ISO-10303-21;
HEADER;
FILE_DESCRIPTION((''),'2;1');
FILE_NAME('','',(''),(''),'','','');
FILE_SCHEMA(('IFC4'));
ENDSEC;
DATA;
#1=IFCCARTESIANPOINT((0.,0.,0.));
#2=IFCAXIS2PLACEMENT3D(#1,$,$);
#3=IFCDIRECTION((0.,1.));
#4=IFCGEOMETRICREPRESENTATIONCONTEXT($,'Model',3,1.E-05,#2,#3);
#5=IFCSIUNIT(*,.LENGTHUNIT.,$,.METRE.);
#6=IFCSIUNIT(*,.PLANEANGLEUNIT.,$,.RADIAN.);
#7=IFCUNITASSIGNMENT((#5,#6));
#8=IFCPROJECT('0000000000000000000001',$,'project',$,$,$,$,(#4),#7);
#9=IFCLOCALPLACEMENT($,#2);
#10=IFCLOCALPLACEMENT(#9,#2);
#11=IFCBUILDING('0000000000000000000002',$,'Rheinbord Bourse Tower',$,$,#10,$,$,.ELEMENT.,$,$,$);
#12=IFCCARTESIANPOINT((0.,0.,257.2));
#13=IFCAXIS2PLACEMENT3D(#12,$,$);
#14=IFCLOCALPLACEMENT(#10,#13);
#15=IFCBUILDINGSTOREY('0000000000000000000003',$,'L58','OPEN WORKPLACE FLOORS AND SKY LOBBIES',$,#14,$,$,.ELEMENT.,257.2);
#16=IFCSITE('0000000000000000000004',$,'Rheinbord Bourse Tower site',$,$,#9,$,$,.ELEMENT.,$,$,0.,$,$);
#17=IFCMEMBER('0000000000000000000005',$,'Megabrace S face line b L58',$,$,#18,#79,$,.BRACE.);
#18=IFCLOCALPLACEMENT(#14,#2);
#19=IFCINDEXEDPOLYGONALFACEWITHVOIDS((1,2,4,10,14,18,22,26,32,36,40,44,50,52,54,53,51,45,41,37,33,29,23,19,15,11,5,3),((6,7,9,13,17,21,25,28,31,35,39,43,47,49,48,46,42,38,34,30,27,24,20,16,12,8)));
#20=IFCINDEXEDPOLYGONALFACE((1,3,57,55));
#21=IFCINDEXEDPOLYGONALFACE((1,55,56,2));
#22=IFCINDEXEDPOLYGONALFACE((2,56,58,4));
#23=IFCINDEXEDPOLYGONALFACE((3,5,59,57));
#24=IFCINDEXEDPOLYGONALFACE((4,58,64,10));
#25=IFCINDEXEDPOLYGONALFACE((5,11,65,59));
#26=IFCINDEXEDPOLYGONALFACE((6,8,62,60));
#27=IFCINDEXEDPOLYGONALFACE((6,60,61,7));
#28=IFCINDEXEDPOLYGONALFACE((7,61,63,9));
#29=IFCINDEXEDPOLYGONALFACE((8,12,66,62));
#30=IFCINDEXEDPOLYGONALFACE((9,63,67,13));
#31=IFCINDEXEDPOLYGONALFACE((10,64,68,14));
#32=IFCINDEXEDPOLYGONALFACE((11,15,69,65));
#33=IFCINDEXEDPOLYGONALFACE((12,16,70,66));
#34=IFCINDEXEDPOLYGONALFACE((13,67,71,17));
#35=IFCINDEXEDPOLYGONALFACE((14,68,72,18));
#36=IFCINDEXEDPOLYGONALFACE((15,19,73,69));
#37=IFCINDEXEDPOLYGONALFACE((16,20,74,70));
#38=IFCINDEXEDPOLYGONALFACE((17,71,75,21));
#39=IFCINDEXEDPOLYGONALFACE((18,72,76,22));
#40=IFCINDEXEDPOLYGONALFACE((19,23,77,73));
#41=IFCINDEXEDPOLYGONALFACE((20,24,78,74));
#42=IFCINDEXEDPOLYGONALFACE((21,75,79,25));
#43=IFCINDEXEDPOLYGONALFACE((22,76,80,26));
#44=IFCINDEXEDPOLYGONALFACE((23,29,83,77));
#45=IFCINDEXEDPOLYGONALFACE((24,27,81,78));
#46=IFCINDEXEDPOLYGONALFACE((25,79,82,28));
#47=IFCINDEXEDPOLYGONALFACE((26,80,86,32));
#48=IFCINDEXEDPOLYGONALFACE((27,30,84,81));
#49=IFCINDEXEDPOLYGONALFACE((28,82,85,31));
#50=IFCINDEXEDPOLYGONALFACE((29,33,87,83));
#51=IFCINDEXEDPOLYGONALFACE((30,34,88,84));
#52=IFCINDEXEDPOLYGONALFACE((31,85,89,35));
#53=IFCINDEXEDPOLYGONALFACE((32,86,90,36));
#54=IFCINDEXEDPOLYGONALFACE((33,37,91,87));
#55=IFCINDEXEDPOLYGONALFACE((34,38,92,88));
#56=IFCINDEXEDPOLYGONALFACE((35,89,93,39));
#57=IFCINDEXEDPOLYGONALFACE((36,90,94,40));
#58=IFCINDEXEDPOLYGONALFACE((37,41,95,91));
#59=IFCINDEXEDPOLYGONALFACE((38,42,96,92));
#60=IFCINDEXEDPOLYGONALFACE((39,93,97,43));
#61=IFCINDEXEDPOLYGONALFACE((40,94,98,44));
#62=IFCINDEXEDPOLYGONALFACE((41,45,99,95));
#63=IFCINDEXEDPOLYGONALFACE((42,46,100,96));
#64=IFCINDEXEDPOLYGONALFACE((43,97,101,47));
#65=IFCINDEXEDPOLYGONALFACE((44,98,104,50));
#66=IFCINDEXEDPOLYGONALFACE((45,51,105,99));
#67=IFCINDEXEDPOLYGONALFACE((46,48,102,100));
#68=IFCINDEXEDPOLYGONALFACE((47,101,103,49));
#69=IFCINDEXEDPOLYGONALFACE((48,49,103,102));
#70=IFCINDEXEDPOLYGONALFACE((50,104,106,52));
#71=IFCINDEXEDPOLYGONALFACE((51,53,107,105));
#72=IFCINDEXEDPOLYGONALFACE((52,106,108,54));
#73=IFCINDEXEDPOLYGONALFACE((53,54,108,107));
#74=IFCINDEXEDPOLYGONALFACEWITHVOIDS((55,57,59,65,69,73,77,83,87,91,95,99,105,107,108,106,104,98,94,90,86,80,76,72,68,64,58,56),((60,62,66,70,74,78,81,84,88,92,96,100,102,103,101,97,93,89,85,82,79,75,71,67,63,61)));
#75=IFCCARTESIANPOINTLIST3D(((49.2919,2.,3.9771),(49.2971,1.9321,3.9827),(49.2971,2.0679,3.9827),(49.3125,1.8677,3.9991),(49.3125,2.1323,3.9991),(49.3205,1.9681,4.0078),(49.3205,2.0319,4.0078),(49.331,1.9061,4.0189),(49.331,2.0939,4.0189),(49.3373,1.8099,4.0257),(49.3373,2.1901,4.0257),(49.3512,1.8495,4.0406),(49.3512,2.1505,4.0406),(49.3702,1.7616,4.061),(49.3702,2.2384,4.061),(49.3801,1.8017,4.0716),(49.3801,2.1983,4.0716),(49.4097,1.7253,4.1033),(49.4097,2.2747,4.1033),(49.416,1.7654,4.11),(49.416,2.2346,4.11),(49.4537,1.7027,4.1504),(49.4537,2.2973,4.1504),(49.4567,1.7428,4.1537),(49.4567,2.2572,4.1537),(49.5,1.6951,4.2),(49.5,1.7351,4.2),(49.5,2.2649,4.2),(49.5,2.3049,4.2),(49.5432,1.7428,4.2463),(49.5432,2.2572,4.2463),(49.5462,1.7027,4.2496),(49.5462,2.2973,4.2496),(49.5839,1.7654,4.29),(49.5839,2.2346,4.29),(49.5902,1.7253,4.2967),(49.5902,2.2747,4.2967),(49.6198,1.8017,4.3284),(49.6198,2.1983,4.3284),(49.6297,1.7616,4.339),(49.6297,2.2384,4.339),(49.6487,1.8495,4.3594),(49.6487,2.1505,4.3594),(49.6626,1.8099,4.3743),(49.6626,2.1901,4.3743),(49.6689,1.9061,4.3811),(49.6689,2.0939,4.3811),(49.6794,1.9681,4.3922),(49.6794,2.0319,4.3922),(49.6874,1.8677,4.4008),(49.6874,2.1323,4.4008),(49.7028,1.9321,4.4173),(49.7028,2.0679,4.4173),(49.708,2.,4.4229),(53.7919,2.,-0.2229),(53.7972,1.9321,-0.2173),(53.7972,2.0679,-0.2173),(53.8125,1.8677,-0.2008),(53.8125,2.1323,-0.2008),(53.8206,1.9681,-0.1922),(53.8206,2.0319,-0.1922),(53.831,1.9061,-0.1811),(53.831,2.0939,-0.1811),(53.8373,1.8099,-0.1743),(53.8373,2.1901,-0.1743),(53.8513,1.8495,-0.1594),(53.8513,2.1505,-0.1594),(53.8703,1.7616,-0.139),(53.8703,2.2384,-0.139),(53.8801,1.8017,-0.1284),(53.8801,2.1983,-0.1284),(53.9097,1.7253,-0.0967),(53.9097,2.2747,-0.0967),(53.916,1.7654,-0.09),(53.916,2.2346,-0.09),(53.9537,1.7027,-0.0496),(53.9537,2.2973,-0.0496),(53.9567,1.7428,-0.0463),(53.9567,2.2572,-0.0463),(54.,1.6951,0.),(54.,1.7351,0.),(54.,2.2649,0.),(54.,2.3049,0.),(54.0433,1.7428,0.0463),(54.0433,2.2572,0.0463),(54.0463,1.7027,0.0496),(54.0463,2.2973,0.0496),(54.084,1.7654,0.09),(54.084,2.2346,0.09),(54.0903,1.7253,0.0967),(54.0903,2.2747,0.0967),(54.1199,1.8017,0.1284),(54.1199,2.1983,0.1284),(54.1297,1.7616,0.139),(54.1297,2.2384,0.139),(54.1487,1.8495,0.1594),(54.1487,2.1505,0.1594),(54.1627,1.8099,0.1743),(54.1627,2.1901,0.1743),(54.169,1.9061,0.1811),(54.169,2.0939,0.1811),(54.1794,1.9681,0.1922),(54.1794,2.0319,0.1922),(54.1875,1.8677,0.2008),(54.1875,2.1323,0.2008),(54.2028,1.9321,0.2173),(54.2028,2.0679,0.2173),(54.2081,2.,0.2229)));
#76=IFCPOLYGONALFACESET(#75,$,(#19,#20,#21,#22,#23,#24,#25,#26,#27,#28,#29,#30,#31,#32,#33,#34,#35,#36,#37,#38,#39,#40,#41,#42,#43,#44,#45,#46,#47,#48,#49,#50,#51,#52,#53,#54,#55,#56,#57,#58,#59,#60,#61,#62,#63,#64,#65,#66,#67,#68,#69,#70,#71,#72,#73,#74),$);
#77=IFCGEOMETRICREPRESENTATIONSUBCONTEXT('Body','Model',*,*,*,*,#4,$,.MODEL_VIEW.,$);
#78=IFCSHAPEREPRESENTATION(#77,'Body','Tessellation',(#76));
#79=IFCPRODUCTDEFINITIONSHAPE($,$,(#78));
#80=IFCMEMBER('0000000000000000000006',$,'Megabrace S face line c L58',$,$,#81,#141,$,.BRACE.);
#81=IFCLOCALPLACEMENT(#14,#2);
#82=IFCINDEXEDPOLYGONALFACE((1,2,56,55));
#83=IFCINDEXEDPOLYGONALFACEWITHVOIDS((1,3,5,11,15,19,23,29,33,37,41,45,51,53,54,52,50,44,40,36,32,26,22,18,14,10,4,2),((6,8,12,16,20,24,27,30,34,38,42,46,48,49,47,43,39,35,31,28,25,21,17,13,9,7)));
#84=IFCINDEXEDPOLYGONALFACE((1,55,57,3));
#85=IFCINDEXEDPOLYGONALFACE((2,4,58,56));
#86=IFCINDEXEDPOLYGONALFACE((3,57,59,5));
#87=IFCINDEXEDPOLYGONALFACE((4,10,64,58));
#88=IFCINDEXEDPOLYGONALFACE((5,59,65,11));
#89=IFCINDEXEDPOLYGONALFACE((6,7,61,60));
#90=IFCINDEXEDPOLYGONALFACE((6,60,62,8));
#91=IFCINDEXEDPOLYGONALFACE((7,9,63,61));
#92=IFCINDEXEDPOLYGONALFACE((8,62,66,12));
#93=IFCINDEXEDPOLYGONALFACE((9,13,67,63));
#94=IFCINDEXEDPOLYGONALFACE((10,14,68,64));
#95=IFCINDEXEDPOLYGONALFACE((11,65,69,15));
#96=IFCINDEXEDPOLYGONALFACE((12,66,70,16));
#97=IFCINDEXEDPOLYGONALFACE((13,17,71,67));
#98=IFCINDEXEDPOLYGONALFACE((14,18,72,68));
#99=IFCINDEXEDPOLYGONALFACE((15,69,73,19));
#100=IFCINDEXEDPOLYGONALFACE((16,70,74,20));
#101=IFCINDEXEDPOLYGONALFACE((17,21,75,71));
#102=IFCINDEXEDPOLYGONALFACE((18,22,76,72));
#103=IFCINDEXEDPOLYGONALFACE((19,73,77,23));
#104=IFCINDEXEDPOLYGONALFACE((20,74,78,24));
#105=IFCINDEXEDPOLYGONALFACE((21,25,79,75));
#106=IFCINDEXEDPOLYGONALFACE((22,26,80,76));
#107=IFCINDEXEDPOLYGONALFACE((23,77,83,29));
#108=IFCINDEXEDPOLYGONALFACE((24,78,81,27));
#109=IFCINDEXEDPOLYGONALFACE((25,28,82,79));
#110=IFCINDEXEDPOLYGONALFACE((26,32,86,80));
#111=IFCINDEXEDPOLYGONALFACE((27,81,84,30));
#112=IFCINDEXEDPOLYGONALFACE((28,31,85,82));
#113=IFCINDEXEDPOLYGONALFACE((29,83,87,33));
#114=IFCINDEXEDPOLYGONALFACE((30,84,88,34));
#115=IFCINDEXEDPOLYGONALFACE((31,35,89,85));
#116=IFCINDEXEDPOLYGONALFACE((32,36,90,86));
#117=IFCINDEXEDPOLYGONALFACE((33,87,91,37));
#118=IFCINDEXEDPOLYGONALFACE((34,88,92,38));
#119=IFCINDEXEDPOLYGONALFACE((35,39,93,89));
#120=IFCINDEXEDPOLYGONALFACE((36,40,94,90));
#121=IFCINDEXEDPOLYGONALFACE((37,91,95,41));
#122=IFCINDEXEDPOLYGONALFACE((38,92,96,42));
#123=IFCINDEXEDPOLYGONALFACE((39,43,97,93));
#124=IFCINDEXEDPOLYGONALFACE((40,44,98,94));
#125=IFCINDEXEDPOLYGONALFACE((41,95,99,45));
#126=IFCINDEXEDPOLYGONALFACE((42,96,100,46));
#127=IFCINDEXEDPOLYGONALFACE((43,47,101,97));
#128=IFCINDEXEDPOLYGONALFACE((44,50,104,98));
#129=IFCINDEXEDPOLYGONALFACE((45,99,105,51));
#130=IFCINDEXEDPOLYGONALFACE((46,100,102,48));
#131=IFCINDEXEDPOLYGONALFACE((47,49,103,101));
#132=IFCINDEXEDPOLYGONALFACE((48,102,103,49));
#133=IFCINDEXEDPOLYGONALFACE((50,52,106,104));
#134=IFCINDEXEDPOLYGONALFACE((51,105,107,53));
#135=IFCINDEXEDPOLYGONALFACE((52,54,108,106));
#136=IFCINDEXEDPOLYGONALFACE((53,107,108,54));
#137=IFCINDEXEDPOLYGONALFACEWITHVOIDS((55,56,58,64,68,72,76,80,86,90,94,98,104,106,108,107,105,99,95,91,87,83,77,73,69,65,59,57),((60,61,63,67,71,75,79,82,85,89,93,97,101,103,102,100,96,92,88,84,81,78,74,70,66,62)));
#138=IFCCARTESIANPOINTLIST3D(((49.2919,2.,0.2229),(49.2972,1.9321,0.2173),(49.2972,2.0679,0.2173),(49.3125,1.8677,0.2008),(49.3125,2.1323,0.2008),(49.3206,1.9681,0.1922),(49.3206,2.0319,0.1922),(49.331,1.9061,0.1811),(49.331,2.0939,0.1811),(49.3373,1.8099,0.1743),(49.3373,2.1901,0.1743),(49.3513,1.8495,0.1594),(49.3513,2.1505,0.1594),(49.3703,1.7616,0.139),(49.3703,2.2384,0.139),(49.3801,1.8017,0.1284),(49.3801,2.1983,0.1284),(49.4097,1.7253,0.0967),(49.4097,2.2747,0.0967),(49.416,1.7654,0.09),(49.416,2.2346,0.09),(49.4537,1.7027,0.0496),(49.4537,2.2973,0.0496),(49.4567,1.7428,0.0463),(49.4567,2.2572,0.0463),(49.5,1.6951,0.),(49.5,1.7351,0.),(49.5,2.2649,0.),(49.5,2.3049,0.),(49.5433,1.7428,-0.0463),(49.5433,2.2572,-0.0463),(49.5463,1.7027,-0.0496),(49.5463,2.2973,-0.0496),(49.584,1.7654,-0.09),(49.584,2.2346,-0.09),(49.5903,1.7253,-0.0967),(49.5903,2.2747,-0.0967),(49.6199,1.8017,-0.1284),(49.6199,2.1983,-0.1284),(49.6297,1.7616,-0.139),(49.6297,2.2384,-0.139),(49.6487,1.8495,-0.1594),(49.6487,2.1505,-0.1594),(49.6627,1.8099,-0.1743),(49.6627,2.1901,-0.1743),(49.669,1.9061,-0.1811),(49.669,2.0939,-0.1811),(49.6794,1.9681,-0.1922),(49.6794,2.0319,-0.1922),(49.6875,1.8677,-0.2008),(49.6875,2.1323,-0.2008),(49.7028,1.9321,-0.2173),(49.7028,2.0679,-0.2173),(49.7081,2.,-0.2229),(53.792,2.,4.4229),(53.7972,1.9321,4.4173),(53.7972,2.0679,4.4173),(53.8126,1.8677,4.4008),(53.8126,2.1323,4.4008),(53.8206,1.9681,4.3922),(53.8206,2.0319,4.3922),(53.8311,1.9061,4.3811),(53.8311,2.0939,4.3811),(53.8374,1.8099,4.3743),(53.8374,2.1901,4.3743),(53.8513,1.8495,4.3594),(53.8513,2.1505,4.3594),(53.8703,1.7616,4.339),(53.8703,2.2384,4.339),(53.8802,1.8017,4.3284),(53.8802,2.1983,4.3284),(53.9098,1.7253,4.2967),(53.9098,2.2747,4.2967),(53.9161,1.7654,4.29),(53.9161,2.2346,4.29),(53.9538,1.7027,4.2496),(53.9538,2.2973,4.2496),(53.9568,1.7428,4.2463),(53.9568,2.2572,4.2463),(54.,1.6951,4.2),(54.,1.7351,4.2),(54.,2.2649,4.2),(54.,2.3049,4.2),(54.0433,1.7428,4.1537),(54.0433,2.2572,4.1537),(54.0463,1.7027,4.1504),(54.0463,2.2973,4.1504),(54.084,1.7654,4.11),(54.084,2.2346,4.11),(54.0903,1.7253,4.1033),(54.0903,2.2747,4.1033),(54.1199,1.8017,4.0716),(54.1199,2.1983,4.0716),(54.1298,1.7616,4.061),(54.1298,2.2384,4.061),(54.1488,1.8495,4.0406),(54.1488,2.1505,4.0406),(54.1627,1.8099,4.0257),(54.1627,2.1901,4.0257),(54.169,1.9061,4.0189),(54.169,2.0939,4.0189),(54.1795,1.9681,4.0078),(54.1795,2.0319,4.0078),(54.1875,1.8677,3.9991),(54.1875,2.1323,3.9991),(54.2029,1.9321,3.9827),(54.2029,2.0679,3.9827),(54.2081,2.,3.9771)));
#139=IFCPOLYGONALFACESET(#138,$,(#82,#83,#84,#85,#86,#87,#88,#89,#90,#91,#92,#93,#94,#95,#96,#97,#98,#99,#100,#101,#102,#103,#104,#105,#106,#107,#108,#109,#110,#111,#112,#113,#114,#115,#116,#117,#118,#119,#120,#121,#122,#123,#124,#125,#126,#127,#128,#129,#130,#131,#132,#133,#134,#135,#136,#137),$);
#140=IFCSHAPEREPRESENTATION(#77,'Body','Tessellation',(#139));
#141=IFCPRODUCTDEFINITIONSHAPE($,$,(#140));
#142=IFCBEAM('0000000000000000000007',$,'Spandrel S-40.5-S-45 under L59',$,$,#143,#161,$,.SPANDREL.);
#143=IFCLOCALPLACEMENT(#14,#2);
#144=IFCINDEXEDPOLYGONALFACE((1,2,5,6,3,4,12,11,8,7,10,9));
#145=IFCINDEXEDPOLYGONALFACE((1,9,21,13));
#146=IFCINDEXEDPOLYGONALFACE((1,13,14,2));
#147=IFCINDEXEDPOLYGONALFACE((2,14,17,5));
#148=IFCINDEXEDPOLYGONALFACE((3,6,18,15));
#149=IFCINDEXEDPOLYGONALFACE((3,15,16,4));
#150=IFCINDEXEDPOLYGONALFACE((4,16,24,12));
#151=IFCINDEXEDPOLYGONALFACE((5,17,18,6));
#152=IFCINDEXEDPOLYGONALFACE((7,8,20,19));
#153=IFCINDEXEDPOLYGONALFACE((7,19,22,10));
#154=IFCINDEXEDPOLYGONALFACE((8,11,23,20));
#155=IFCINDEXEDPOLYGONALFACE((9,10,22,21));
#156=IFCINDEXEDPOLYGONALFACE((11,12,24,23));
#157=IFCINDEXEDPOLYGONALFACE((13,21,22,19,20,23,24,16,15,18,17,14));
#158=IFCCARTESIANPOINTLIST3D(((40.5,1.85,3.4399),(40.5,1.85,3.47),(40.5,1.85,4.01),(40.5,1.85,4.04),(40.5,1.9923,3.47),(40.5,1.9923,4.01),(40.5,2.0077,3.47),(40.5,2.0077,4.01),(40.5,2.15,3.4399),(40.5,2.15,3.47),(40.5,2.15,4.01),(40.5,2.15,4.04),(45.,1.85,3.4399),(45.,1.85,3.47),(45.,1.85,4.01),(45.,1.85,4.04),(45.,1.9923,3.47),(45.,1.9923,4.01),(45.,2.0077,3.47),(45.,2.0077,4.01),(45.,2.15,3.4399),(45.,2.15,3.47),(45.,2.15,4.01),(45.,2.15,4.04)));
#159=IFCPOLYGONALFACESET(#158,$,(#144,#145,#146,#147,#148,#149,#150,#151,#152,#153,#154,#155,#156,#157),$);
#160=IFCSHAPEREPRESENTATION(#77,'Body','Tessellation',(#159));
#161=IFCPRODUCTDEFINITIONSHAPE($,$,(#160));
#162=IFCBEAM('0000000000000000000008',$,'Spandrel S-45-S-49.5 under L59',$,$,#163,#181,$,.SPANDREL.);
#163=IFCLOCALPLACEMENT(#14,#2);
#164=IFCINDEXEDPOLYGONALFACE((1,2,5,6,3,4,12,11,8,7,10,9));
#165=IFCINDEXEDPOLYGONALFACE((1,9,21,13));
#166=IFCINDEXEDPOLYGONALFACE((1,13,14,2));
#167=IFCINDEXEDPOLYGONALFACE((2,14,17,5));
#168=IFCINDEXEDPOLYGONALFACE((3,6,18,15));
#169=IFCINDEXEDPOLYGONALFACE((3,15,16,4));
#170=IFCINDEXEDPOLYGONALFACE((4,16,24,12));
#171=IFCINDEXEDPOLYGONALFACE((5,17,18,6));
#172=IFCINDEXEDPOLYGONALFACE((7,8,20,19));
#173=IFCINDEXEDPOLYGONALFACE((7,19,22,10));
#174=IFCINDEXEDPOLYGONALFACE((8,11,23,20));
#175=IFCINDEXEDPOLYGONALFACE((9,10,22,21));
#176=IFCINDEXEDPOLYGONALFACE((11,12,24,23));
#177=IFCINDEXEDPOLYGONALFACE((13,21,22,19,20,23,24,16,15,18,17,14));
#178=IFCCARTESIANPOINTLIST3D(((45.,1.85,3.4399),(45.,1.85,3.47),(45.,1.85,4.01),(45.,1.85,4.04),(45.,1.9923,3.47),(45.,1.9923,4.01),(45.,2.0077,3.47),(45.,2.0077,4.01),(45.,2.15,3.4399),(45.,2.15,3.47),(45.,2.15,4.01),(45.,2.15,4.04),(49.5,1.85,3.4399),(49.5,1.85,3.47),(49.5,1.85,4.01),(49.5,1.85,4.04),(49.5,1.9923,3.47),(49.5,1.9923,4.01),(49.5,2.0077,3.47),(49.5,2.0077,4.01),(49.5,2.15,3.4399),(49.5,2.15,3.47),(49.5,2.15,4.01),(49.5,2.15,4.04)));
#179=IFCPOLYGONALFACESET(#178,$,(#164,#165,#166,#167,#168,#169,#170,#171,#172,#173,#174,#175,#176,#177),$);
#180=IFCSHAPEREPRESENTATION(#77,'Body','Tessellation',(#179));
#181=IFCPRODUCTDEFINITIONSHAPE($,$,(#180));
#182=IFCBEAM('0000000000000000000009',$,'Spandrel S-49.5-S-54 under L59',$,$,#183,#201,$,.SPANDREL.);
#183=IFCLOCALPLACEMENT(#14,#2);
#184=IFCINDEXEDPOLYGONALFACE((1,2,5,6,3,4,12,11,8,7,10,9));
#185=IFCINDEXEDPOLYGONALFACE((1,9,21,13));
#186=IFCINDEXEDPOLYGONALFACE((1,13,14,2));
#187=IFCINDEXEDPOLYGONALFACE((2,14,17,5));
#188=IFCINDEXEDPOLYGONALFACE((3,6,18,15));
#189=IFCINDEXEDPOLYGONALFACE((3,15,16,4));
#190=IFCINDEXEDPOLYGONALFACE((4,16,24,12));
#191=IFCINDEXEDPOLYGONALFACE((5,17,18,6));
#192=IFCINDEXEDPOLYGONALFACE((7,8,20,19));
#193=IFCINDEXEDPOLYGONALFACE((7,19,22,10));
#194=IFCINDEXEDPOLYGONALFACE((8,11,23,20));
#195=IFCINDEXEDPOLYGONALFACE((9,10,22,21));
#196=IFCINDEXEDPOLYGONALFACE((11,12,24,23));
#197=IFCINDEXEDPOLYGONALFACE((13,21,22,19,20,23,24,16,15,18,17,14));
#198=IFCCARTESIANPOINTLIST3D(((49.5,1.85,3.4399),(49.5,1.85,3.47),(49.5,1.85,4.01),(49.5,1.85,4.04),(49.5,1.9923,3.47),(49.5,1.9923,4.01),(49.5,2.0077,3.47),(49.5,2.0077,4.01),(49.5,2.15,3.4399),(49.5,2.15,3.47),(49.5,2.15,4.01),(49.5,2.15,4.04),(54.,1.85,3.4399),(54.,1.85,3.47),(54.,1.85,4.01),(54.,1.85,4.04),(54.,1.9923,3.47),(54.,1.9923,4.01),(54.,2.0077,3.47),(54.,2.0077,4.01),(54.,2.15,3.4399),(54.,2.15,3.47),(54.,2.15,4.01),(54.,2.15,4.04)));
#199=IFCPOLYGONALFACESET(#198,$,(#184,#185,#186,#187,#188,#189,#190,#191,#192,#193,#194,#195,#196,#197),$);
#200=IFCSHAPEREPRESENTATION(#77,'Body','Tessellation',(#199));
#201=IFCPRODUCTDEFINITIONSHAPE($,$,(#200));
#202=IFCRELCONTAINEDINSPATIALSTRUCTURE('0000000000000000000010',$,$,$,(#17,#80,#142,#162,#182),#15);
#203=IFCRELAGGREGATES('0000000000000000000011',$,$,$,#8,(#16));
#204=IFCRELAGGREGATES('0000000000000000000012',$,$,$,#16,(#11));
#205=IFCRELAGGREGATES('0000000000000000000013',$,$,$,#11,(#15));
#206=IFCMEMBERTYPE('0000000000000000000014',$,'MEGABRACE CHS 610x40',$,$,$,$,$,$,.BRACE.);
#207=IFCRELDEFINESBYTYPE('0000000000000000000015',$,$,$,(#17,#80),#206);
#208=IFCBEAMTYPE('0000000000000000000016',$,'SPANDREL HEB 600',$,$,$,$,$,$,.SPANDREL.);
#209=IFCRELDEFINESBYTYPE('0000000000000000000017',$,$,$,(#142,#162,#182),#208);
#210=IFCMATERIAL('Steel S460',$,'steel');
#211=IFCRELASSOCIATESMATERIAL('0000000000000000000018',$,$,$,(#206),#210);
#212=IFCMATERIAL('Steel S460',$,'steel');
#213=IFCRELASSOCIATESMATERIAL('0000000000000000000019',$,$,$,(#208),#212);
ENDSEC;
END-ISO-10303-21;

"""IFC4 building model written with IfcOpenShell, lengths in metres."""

from ifc_helpers import new_model, si_unit, direction, frame, origin, origin_2d, place, context, subcontext, project, spatial, hollow_circle, i_section, extrude, material, material_profile, profile_set, type_object, element, save


model = new_model("IFC4")

# Units and contexts
model_context = context("Model", 3, precision=1e-05, world=origin(), true_north=direction((0.0, 1.0)))
body_context = subcontext(model_context, "Body", "Model", "MODEL_VIEW")
ifc_project = project(units=[si_unit("LENGTHUNIT", "METRE"), si_unit("PLANEANGLEUNIT", "RADIAN")], contexts=[model_context])

# Site, building, storey
site_placement = place(None, origin())
site = spatial("IfcSite", under=ifc_project, at=site_placement, Name="Rheinbord Bourse Tower site", CompositionType="ELEMENT", RefElevation=0.0)
building_placement = place(site_placement, origin())
building = spatial("IfcBuilding", under=site, at=building_placement, Name="Rheinbord Bourse Tower", CompositionType="ELEMENT")
storey_placement = place(building_placement, frame((0.0, 0.0, 257.2)))
storey = spatial("IfcBuildingStorey", under=building, at=storey_placement, Name="L58", Description="OPEN WORKPLACE FLOORS AND SKY LOBBIES", CompositionType="ELEMENT", Elevation=257.2)

# Members
ifc_material_1 = material(Name="Steel S460", Category="steel")
ifc_material_profile_1 = material_profile(ifc_material_1, hollow_circle(Radius=0.3049, WallThickness=0.04, at=origin_2d()), Name="CHS 610x40")
ifc_profile_set_1 = profile_set([ifc_material_profile_1], Name="Steel S460")
member_type_1 = type_object("IfcMemberType", Name="MEGABRACE CHS 610x40", PredefinedType="BRACE", material=ifc_profile_set_1)
for number, where, z_axis, x_axis, name in (
    (1, (54.0, 2.0, 0.0), (-0.731059, 0.0, 0.682314), (0.0, -1.0, 0.0), "Megabrace S face line b L58"),
    (2, (49.5, 2.0, 0.0), (0.731059, 0.0, 0.682314), (0.0, 1.0, 0.0), "Megabrace S face line c L58"),
):
    element("IfcMember", number, at=place(storey_placement, frame(where, z_axis=z_axis, x_axis=x_axis)), inside=storey, type_object=member_type_1, Name=name, PredefinedType="BRACE", context=body_context, shape_type="SweptSolid", body=[
        extrude(hollow_circle(Radius=0.3049, WallThickness=0.04, at=origin_2d()), origin(), (0.0, 0.0, 1.0), 6.1555),
    ])

# Beams
ifc_material_2 = material(Name="Steel S460", Category="steel")
ifc_material_profile_2 = material_profile(ifc_material_2, i_section(OverallWidth=0.3, OverallDepth=0.6001, WebThickness=0.0154, FlangeThickness=0.03, at=origin_2d()), Name="HEB 600")
ifc_profile_set_2 = profile_set([ifc_material_profile_2], Name="Steel S460")
beam_type_1 = type_object("IfcBeamType", Name="SPANDREL HEB 600", PredefinedType="SPANDREL", material=ifc_profile_set_2)
for number, where, z_axis, x_axis, name in (
    (3, (40.5, 2.0, 3.74), (1.0, 0.0, 0.0), (0.0, 1.0, 0.0), "Spandrel S-40.5-S-45 under L59"),
    (4, (45.0, 2.0, 3.74), (1.0, 0.0, 0.0), (0.0, 1.0, 0.0), "Spandrel S-45-S-49.5 under L59"),
    (5, (49.5, 2.0, 3.74), (1.0, 0.0, 0.0), (0.0, 1.0, 0.0), "Spandrel S-49.5-S-54 under L59"),
):
    element("IfcBeam", number, at=place(storey_placement, frame(where, z_axis=z_axis, x_axis=x_axis)), inside=storey, type_object=beam_type_1, Name=name, PredefinedType="SPANDREL", context=body_context, shape_type="SweptSolid", body=[
        extrude(i_section(OverallWidth=0.3, OverallDepth=0.6001, WebThickness=0.0154, FlangeThickness=0.03, at=origin_2d()), origin(), (0.0, 0.0, 1.0), 4.5),
    ])

save(model, "model.ifc")
